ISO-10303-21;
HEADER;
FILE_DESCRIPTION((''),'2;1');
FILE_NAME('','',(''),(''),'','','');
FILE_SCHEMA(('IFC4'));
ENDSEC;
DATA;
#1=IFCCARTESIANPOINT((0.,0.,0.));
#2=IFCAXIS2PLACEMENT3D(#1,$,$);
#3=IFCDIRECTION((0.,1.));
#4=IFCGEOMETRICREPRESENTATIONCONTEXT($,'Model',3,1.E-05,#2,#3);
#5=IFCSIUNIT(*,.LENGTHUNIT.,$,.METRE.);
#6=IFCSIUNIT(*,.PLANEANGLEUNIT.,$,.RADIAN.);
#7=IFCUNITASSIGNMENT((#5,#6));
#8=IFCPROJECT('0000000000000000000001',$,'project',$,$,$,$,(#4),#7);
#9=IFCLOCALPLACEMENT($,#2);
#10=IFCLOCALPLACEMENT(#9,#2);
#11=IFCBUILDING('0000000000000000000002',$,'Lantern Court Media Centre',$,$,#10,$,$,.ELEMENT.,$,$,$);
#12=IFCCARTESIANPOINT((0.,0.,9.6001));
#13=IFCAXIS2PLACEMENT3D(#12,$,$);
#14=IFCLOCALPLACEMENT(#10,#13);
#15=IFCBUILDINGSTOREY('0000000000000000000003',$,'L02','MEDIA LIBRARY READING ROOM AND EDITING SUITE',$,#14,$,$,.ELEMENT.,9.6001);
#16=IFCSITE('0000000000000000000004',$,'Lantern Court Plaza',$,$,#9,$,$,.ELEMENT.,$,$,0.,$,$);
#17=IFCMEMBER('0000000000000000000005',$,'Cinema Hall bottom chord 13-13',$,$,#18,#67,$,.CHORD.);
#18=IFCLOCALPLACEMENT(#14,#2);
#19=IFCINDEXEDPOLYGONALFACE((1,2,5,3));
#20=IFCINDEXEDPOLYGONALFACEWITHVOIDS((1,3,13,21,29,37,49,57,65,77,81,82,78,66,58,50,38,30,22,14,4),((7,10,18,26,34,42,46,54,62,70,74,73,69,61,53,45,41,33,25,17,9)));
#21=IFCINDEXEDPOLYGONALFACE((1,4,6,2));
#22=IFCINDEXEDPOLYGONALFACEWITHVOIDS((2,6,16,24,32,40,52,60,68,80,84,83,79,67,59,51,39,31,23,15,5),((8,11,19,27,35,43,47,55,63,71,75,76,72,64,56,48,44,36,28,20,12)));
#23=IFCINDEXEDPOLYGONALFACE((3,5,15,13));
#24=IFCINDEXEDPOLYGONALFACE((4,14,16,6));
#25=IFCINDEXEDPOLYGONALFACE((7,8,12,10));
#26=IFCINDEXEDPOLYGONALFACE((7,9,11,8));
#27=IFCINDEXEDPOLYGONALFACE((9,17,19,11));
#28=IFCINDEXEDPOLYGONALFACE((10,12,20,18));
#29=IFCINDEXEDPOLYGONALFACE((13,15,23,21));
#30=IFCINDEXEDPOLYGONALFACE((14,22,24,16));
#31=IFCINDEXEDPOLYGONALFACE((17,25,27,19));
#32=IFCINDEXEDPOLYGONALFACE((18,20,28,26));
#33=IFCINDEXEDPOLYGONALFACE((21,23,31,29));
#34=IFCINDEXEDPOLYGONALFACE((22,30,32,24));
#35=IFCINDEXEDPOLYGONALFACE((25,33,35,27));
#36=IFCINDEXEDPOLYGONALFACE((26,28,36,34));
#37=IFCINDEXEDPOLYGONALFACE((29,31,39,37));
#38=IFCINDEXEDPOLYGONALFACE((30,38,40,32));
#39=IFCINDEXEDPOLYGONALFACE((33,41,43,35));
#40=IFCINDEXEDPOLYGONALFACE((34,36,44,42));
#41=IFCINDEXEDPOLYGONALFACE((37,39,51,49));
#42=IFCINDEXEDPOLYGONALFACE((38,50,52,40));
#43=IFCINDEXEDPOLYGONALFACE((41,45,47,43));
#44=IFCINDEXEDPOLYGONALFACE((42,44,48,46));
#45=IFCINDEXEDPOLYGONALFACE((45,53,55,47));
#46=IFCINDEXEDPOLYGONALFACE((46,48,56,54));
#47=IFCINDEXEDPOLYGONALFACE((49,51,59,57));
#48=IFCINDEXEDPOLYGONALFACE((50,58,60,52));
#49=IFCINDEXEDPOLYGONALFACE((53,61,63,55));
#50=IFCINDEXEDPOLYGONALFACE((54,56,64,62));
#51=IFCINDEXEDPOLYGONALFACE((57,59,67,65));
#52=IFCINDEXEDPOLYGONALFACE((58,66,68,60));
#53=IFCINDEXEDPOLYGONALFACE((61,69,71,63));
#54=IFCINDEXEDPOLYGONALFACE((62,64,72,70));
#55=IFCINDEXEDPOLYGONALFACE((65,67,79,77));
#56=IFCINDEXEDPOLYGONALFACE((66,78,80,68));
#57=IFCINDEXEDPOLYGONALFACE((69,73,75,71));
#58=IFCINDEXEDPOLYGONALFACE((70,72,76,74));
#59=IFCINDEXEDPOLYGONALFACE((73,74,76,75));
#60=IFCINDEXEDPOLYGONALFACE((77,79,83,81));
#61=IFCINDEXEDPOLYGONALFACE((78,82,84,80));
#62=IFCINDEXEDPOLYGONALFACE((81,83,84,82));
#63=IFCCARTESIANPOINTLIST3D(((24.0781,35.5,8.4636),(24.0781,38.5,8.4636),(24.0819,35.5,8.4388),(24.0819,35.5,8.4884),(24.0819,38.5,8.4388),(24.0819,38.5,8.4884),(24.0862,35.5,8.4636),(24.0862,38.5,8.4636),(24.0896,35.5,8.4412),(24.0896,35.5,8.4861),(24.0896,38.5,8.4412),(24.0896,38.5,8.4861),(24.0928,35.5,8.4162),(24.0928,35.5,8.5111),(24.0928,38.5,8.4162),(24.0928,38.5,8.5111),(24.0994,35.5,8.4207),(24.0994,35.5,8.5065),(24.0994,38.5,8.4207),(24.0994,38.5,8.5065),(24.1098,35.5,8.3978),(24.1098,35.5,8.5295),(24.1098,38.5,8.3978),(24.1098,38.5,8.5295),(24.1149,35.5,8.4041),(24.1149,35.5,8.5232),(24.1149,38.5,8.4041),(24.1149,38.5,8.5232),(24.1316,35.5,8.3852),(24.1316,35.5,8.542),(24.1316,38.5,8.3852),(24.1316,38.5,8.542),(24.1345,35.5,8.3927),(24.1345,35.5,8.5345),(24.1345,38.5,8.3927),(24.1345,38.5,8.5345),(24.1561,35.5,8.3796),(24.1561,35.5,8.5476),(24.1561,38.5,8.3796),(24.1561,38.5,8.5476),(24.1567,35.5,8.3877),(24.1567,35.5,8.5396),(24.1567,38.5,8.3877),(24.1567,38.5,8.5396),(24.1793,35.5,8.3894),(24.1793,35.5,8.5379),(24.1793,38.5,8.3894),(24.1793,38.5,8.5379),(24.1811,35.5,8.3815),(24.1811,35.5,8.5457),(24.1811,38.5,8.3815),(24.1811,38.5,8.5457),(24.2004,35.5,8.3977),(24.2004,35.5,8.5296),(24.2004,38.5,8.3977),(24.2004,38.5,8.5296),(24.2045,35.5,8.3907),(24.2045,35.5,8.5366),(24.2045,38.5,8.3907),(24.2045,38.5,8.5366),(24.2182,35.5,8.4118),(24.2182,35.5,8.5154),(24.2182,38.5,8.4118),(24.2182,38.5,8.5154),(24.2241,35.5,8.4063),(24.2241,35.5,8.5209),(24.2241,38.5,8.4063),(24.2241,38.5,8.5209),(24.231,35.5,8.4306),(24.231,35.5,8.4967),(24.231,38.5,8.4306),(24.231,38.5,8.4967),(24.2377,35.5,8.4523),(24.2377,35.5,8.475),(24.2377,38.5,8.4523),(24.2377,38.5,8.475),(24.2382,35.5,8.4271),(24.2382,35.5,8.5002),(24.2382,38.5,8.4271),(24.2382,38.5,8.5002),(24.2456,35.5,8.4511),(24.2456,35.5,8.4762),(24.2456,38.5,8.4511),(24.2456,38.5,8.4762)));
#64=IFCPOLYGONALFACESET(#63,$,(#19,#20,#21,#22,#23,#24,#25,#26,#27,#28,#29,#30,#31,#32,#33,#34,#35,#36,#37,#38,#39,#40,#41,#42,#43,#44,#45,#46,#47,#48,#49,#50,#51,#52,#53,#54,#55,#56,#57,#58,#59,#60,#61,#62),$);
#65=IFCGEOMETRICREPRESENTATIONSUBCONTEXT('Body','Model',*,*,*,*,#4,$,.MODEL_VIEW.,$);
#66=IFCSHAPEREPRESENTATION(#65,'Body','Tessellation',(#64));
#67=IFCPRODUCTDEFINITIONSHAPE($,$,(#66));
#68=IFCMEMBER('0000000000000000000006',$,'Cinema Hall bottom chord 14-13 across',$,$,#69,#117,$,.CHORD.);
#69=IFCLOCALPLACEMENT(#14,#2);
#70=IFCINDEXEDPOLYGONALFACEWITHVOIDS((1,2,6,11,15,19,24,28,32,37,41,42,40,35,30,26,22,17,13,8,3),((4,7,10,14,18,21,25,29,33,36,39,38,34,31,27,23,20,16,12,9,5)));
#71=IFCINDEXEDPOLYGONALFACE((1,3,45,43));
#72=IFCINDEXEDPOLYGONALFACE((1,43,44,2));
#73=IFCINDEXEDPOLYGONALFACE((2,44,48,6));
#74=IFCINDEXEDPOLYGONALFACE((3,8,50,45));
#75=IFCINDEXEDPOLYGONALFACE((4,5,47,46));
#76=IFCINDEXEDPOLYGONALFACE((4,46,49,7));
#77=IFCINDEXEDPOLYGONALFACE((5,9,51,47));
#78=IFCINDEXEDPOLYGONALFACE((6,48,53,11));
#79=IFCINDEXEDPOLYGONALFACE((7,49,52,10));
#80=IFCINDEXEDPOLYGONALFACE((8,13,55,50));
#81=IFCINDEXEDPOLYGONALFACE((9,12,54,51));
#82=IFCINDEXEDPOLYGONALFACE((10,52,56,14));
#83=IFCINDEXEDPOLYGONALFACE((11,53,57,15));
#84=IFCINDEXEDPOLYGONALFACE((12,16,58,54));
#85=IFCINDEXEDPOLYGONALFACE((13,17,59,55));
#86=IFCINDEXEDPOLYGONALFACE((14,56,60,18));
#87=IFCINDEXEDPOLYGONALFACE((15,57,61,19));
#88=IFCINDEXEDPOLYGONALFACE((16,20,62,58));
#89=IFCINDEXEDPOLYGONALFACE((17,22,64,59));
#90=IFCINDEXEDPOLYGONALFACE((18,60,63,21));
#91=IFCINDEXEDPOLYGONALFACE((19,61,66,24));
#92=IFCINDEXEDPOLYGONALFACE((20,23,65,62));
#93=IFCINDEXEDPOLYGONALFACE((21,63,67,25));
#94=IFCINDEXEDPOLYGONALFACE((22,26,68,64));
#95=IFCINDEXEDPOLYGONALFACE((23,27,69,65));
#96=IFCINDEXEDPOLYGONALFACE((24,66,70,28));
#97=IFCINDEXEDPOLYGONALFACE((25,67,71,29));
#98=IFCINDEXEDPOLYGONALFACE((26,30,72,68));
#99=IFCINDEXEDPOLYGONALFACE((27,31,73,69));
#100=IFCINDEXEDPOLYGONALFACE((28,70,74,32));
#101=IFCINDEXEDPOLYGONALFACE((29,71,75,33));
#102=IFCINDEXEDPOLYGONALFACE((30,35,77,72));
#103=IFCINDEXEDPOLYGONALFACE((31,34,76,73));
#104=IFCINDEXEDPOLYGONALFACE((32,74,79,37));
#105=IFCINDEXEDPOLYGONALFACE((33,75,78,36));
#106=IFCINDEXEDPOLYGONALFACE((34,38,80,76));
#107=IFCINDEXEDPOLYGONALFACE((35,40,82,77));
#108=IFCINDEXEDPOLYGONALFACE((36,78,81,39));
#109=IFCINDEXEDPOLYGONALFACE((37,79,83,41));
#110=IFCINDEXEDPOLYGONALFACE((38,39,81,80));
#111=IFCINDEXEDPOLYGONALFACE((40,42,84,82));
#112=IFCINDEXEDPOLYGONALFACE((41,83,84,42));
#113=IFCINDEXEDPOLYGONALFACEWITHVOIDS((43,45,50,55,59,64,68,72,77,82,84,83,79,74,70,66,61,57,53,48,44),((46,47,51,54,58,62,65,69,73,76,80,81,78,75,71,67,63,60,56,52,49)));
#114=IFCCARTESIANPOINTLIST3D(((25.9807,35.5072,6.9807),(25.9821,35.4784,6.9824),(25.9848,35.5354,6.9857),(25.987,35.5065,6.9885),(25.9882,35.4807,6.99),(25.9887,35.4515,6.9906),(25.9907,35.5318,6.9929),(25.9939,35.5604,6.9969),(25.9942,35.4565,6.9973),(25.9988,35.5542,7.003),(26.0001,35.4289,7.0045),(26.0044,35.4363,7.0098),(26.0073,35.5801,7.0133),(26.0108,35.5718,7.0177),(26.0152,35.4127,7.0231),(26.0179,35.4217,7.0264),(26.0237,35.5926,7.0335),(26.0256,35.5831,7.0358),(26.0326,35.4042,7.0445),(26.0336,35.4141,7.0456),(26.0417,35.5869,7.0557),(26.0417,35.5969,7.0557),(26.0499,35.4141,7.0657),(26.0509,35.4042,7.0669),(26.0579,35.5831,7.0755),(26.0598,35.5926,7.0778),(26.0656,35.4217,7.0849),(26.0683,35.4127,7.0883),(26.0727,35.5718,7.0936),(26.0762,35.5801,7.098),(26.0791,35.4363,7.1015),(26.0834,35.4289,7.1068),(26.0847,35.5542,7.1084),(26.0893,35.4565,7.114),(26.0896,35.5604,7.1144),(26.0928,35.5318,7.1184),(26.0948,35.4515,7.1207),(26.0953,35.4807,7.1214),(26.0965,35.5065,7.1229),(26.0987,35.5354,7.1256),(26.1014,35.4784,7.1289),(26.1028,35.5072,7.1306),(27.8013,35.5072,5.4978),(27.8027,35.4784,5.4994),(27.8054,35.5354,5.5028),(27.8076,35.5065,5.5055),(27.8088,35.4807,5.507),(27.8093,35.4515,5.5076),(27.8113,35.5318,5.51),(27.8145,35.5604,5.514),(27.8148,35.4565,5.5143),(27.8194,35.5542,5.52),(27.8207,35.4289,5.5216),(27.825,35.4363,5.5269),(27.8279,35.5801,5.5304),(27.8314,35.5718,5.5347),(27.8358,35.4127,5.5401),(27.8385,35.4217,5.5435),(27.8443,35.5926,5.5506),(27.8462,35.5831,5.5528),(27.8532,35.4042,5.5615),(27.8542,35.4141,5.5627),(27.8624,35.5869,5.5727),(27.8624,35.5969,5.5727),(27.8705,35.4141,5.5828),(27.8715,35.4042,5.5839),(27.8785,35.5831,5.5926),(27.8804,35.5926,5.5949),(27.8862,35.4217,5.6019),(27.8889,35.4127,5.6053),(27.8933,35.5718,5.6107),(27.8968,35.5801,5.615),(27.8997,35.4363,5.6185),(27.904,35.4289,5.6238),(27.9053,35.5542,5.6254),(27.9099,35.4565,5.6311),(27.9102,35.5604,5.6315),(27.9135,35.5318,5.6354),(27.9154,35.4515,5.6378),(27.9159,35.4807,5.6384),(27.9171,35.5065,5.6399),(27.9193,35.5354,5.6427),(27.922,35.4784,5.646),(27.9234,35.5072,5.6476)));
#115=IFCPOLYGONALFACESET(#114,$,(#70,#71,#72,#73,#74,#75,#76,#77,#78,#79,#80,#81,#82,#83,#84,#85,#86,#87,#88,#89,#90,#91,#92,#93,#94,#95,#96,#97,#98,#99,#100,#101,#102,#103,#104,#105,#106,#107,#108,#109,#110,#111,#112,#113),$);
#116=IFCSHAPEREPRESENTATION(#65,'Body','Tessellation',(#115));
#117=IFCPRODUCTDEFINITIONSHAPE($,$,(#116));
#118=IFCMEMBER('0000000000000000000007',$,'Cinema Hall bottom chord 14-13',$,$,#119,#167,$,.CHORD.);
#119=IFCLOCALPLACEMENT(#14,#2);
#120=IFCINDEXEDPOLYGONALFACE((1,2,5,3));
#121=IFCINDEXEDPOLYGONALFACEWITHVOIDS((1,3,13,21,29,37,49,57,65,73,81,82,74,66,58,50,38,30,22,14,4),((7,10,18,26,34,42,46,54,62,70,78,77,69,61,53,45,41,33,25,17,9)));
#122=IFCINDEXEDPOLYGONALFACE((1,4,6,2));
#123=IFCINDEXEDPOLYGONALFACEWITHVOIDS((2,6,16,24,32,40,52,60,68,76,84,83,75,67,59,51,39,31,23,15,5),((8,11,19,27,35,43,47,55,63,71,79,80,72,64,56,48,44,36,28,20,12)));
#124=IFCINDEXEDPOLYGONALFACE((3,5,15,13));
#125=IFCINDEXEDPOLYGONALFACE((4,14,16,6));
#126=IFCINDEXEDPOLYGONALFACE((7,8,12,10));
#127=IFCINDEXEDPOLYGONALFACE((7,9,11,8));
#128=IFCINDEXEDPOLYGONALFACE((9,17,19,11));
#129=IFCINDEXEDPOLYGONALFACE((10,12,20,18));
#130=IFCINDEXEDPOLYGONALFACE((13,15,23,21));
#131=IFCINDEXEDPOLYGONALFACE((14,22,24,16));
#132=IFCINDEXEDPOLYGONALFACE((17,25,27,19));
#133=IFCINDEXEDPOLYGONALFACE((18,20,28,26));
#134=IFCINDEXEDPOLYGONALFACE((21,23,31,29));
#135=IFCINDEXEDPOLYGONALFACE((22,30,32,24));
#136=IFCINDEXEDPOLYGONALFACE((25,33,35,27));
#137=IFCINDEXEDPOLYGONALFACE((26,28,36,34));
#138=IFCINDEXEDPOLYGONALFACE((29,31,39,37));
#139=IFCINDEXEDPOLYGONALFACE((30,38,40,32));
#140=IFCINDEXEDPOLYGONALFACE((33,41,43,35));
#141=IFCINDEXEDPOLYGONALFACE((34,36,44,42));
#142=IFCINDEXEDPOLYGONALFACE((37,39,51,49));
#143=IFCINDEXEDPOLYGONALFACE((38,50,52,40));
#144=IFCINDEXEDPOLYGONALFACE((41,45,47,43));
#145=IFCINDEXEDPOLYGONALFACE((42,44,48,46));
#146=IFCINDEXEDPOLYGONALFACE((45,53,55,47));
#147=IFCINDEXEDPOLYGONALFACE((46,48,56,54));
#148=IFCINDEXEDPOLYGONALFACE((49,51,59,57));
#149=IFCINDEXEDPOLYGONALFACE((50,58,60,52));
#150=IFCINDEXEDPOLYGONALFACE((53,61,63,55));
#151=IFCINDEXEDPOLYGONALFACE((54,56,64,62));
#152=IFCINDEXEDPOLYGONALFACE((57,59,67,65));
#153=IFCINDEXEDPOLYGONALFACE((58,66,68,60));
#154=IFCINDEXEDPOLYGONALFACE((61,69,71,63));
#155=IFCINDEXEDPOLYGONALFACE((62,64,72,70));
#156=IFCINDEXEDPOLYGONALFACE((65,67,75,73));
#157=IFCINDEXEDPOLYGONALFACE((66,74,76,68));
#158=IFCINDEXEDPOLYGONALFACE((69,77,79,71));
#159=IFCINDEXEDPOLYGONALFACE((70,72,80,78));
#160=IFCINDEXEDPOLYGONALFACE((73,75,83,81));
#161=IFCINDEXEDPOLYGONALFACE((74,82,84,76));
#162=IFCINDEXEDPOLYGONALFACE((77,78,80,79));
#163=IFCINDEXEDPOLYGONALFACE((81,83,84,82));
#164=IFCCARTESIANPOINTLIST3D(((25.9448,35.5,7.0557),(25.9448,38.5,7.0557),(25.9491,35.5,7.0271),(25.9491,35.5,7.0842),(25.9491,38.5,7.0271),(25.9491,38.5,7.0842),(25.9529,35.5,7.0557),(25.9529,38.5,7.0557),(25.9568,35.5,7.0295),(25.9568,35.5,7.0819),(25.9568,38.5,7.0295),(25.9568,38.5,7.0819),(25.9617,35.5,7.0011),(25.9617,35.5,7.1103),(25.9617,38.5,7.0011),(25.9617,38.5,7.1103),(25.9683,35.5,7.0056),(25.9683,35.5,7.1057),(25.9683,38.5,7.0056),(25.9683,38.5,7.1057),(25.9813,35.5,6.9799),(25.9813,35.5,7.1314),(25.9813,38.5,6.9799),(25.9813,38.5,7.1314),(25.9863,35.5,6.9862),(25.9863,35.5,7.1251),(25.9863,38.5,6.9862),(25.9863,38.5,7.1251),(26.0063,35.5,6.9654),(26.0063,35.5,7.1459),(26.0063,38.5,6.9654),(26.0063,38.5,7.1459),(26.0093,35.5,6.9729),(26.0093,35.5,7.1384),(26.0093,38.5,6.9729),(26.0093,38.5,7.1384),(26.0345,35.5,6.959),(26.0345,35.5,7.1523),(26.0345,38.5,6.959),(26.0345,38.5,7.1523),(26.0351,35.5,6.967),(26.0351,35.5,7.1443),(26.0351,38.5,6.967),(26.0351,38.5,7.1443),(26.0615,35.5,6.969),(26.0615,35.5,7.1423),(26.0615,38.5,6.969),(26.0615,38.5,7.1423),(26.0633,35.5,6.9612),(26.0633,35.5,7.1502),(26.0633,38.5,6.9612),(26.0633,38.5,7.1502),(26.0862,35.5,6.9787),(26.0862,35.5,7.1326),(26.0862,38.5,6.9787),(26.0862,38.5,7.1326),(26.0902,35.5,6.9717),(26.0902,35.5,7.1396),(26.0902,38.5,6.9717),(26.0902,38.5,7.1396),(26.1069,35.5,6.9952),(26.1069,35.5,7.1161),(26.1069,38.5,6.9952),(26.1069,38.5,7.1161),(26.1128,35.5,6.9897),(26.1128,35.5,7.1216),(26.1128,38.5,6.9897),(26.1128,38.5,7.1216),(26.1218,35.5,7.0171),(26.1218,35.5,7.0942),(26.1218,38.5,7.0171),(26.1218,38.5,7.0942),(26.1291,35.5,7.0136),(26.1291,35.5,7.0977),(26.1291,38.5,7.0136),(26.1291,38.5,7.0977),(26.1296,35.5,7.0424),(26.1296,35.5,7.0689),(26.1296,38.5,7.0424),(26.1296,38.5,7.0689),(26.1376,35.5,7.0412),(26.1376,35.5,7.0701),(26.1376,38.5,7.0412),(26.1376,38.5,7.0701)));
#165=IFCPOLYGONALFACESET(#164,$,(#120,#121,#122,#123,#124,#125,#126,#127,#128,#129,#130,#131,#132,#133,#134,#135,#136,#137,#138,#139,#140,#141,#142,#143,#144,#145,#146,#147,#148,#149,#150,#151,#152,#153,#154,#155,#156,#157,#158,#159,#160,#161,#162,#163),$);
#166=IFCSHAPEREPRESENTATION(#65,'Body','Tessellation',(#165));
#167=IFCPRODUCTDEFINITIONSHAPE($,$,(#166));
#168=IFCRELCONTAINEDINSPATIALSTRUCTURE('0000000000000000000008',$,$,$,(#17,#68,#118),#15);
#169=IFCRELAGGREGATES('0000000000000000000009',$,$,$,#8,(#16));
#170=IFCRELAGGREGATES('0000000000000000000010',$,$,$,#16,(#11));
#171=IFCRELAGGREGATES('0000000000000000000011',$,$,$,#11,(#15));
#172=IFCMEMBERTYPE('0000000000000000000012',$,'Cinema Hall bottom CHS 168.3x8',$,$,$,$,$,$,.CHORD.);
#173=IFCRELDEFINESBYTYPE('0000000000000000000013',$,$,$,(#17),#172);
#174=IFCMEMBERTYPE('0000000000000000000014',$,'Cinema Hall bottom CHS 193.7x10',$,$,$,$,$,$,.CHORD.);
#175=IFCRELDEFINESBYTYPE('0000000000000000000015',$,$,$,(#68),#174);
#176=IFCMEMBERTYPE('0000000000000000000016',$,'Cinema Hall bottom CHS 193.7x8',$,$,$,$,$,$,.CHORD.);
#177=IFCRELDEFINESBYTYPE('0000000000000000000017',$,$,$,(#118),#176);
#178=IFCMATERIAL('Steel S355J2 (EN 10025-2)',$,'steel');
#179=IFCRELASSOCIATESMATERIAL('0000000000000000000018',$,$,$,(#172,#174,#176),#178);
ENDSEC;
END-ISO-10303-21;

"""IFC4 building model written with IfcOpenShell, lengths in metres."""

from ifc_helpers import new_model, si_unit, direction, frame, origin, origin_2d, place, context, subcontext, project, spatial, hollow_circle, extrude, material, material_profile, profile_set, type_object, element, save


model = new_model("IFC4")

# Units and contexts
model_context = context("Model", 3, precision=1e-05, world=origin(), true_north=direction((0.0, 1.0)))
body_context = subcontext(model_context, "Body", "Model", "MODEL_VIEW")
ifc_project = project(units=[si_unit("LENGTHUNIT", "METRE"), si_unit("PLANEANGLEUNIT", "RADIAN")], contexts=[model_context])

# Site, building, storey
site_placement = place(None, origin())
site = spatial("IfcSite", under=ifc_project, at=site_placement, Name="Lantern Court Plaza", CompositionType="ELEMENT", RefElevation=0.0)
building_placement = place(site_placement, origin())
building = spatial("IfcBuilding", under=site, at=building_placement, Name="Lantern Court Media Centre", CompositionType="ELEMENT")
storey_placement = place(building_placement, frame((0.0, 0.0, 9.6001)))
storey = spatial("IfcBuildingStorey", under=building, at=storey_placement, Name="L02", Description="MEDIA LIBRARY READING ROOM AND EDITING SUITE", CompositionType="ELEMENT", Elevation=9.6001)

# Members
ifc_material = material(Name="Steel S355J2 (EN 10025-2)", Category="steel")
ifc_material_profile_1 = material_profile(ifc_material, hollow_circle(Radius=0.0842, WallThickness=0.0081, at=origin_2d()), Name="Cinema Hall bottom CHS 168.3x8")
ifc_profile_set_1 = profile_set([ifc_material_profile_1], Name="Steel S355J2 (EN 10025-2)")
member_type_1 = type_object("IfcMemberType", Name="Cinema Hall bottom CHS 168.3x8", PredefinedType="CHORD", material=ifc_profile_set_1)
member_1_placement = place(storey_placement, frame((24.1624, 35.5, 8.4636), z_axis=(0.0, 1.0, 0.0), x_axis=(-1.0, 0.0, 0.0)))
element("IfcMember", 1, at=member_1_placement, inside=storey, type_object=member_type_1, Name="Cinema Hall bottom chord 13-13", PredefinedType="CHORD", context=body_context, shape_type="SweptSolid", body=[
    extrude(hollow_circle(Radius=0.0842, WallThickness=0.0081, at=origin_2d()), origin(), (0.0, 0.0, 1.0), 3.0),
])
ifc_material_profile_2 = material_profile(ifc_material, hollow_circle(Radius=0.0969, WallThickness=0.01, at=origin_2d()), Name="Cinema Hall bottom CHS 193.7x10")
ifc_profile_set_2 = profile_set([ifc_material_profile_2], Name="Steel S355J2 (EN 10025-2)")
member_type_2 = type_object("IfcMemberType", Name="Cinema Hall bottom CHS 193.7x10", PredefinedType="CHORD", material=ifc_profile_set_2)
member_2_placement = place(storey_placement, frame((26.0417, 35.5, 7.0557), z_axis=(0.775341, 0.0, -0.631543), x_axis=(0.0, 1.0, 0.0)))
element("IfcMember", 2, at=member_2_placement, inside=storey, type_object=member_type_2, Name="Cinema Hall bottom chord 14-13 across", PredefinedType="CHORD", context=body_context, shape_type="SweptSolid", body=[
    extrude(hollow_circle(Radius=0.0969, WallThickness=0.01, at=origin_2d()), origin(), (0.0, 0.0, 1.0), 2.3481),
])
ifc_material_profile_3 = material_profile(ifc_material, hollow_circle(Radius=0.0969, WallThickness=0.0081, at=origin_2d()), Name="Cinema Hall bottom CHS 193.7x8")
ifc_profile_set_3 = profile_set([ifc_material_profile_3], Name="Steel S355J2 (EN 10025-2)")
member_type_3 = type_object("IfcMemberType", Name="Cinema Hall bottom CHS 193.7x8", PredefinedType="CHORD", material=ifc_profile_set_3)
member_3_placement = place(storey_placement, frame((26.0417, 35.5, 7.0557), z_axis=(0.0, 1.0, 0.0), x_axis=(-1.0, 0.0, 0.0)))
element("IfcMember", 3, at=member_3_placement, inside=storey, type_object=member_type_3, Name="Cinema Hall bottom chord 14-13", PredefinedType="CHORD", context=body_context, shape_type="SweptSolid", body=[
    extrude(hollow_circle(Radius=0.0969, WallThickness=0.0081, at=origin_2d()), origin(), (0.0, 0.0, 1.0), 3.0),
])

save(model, "model.ifc")
